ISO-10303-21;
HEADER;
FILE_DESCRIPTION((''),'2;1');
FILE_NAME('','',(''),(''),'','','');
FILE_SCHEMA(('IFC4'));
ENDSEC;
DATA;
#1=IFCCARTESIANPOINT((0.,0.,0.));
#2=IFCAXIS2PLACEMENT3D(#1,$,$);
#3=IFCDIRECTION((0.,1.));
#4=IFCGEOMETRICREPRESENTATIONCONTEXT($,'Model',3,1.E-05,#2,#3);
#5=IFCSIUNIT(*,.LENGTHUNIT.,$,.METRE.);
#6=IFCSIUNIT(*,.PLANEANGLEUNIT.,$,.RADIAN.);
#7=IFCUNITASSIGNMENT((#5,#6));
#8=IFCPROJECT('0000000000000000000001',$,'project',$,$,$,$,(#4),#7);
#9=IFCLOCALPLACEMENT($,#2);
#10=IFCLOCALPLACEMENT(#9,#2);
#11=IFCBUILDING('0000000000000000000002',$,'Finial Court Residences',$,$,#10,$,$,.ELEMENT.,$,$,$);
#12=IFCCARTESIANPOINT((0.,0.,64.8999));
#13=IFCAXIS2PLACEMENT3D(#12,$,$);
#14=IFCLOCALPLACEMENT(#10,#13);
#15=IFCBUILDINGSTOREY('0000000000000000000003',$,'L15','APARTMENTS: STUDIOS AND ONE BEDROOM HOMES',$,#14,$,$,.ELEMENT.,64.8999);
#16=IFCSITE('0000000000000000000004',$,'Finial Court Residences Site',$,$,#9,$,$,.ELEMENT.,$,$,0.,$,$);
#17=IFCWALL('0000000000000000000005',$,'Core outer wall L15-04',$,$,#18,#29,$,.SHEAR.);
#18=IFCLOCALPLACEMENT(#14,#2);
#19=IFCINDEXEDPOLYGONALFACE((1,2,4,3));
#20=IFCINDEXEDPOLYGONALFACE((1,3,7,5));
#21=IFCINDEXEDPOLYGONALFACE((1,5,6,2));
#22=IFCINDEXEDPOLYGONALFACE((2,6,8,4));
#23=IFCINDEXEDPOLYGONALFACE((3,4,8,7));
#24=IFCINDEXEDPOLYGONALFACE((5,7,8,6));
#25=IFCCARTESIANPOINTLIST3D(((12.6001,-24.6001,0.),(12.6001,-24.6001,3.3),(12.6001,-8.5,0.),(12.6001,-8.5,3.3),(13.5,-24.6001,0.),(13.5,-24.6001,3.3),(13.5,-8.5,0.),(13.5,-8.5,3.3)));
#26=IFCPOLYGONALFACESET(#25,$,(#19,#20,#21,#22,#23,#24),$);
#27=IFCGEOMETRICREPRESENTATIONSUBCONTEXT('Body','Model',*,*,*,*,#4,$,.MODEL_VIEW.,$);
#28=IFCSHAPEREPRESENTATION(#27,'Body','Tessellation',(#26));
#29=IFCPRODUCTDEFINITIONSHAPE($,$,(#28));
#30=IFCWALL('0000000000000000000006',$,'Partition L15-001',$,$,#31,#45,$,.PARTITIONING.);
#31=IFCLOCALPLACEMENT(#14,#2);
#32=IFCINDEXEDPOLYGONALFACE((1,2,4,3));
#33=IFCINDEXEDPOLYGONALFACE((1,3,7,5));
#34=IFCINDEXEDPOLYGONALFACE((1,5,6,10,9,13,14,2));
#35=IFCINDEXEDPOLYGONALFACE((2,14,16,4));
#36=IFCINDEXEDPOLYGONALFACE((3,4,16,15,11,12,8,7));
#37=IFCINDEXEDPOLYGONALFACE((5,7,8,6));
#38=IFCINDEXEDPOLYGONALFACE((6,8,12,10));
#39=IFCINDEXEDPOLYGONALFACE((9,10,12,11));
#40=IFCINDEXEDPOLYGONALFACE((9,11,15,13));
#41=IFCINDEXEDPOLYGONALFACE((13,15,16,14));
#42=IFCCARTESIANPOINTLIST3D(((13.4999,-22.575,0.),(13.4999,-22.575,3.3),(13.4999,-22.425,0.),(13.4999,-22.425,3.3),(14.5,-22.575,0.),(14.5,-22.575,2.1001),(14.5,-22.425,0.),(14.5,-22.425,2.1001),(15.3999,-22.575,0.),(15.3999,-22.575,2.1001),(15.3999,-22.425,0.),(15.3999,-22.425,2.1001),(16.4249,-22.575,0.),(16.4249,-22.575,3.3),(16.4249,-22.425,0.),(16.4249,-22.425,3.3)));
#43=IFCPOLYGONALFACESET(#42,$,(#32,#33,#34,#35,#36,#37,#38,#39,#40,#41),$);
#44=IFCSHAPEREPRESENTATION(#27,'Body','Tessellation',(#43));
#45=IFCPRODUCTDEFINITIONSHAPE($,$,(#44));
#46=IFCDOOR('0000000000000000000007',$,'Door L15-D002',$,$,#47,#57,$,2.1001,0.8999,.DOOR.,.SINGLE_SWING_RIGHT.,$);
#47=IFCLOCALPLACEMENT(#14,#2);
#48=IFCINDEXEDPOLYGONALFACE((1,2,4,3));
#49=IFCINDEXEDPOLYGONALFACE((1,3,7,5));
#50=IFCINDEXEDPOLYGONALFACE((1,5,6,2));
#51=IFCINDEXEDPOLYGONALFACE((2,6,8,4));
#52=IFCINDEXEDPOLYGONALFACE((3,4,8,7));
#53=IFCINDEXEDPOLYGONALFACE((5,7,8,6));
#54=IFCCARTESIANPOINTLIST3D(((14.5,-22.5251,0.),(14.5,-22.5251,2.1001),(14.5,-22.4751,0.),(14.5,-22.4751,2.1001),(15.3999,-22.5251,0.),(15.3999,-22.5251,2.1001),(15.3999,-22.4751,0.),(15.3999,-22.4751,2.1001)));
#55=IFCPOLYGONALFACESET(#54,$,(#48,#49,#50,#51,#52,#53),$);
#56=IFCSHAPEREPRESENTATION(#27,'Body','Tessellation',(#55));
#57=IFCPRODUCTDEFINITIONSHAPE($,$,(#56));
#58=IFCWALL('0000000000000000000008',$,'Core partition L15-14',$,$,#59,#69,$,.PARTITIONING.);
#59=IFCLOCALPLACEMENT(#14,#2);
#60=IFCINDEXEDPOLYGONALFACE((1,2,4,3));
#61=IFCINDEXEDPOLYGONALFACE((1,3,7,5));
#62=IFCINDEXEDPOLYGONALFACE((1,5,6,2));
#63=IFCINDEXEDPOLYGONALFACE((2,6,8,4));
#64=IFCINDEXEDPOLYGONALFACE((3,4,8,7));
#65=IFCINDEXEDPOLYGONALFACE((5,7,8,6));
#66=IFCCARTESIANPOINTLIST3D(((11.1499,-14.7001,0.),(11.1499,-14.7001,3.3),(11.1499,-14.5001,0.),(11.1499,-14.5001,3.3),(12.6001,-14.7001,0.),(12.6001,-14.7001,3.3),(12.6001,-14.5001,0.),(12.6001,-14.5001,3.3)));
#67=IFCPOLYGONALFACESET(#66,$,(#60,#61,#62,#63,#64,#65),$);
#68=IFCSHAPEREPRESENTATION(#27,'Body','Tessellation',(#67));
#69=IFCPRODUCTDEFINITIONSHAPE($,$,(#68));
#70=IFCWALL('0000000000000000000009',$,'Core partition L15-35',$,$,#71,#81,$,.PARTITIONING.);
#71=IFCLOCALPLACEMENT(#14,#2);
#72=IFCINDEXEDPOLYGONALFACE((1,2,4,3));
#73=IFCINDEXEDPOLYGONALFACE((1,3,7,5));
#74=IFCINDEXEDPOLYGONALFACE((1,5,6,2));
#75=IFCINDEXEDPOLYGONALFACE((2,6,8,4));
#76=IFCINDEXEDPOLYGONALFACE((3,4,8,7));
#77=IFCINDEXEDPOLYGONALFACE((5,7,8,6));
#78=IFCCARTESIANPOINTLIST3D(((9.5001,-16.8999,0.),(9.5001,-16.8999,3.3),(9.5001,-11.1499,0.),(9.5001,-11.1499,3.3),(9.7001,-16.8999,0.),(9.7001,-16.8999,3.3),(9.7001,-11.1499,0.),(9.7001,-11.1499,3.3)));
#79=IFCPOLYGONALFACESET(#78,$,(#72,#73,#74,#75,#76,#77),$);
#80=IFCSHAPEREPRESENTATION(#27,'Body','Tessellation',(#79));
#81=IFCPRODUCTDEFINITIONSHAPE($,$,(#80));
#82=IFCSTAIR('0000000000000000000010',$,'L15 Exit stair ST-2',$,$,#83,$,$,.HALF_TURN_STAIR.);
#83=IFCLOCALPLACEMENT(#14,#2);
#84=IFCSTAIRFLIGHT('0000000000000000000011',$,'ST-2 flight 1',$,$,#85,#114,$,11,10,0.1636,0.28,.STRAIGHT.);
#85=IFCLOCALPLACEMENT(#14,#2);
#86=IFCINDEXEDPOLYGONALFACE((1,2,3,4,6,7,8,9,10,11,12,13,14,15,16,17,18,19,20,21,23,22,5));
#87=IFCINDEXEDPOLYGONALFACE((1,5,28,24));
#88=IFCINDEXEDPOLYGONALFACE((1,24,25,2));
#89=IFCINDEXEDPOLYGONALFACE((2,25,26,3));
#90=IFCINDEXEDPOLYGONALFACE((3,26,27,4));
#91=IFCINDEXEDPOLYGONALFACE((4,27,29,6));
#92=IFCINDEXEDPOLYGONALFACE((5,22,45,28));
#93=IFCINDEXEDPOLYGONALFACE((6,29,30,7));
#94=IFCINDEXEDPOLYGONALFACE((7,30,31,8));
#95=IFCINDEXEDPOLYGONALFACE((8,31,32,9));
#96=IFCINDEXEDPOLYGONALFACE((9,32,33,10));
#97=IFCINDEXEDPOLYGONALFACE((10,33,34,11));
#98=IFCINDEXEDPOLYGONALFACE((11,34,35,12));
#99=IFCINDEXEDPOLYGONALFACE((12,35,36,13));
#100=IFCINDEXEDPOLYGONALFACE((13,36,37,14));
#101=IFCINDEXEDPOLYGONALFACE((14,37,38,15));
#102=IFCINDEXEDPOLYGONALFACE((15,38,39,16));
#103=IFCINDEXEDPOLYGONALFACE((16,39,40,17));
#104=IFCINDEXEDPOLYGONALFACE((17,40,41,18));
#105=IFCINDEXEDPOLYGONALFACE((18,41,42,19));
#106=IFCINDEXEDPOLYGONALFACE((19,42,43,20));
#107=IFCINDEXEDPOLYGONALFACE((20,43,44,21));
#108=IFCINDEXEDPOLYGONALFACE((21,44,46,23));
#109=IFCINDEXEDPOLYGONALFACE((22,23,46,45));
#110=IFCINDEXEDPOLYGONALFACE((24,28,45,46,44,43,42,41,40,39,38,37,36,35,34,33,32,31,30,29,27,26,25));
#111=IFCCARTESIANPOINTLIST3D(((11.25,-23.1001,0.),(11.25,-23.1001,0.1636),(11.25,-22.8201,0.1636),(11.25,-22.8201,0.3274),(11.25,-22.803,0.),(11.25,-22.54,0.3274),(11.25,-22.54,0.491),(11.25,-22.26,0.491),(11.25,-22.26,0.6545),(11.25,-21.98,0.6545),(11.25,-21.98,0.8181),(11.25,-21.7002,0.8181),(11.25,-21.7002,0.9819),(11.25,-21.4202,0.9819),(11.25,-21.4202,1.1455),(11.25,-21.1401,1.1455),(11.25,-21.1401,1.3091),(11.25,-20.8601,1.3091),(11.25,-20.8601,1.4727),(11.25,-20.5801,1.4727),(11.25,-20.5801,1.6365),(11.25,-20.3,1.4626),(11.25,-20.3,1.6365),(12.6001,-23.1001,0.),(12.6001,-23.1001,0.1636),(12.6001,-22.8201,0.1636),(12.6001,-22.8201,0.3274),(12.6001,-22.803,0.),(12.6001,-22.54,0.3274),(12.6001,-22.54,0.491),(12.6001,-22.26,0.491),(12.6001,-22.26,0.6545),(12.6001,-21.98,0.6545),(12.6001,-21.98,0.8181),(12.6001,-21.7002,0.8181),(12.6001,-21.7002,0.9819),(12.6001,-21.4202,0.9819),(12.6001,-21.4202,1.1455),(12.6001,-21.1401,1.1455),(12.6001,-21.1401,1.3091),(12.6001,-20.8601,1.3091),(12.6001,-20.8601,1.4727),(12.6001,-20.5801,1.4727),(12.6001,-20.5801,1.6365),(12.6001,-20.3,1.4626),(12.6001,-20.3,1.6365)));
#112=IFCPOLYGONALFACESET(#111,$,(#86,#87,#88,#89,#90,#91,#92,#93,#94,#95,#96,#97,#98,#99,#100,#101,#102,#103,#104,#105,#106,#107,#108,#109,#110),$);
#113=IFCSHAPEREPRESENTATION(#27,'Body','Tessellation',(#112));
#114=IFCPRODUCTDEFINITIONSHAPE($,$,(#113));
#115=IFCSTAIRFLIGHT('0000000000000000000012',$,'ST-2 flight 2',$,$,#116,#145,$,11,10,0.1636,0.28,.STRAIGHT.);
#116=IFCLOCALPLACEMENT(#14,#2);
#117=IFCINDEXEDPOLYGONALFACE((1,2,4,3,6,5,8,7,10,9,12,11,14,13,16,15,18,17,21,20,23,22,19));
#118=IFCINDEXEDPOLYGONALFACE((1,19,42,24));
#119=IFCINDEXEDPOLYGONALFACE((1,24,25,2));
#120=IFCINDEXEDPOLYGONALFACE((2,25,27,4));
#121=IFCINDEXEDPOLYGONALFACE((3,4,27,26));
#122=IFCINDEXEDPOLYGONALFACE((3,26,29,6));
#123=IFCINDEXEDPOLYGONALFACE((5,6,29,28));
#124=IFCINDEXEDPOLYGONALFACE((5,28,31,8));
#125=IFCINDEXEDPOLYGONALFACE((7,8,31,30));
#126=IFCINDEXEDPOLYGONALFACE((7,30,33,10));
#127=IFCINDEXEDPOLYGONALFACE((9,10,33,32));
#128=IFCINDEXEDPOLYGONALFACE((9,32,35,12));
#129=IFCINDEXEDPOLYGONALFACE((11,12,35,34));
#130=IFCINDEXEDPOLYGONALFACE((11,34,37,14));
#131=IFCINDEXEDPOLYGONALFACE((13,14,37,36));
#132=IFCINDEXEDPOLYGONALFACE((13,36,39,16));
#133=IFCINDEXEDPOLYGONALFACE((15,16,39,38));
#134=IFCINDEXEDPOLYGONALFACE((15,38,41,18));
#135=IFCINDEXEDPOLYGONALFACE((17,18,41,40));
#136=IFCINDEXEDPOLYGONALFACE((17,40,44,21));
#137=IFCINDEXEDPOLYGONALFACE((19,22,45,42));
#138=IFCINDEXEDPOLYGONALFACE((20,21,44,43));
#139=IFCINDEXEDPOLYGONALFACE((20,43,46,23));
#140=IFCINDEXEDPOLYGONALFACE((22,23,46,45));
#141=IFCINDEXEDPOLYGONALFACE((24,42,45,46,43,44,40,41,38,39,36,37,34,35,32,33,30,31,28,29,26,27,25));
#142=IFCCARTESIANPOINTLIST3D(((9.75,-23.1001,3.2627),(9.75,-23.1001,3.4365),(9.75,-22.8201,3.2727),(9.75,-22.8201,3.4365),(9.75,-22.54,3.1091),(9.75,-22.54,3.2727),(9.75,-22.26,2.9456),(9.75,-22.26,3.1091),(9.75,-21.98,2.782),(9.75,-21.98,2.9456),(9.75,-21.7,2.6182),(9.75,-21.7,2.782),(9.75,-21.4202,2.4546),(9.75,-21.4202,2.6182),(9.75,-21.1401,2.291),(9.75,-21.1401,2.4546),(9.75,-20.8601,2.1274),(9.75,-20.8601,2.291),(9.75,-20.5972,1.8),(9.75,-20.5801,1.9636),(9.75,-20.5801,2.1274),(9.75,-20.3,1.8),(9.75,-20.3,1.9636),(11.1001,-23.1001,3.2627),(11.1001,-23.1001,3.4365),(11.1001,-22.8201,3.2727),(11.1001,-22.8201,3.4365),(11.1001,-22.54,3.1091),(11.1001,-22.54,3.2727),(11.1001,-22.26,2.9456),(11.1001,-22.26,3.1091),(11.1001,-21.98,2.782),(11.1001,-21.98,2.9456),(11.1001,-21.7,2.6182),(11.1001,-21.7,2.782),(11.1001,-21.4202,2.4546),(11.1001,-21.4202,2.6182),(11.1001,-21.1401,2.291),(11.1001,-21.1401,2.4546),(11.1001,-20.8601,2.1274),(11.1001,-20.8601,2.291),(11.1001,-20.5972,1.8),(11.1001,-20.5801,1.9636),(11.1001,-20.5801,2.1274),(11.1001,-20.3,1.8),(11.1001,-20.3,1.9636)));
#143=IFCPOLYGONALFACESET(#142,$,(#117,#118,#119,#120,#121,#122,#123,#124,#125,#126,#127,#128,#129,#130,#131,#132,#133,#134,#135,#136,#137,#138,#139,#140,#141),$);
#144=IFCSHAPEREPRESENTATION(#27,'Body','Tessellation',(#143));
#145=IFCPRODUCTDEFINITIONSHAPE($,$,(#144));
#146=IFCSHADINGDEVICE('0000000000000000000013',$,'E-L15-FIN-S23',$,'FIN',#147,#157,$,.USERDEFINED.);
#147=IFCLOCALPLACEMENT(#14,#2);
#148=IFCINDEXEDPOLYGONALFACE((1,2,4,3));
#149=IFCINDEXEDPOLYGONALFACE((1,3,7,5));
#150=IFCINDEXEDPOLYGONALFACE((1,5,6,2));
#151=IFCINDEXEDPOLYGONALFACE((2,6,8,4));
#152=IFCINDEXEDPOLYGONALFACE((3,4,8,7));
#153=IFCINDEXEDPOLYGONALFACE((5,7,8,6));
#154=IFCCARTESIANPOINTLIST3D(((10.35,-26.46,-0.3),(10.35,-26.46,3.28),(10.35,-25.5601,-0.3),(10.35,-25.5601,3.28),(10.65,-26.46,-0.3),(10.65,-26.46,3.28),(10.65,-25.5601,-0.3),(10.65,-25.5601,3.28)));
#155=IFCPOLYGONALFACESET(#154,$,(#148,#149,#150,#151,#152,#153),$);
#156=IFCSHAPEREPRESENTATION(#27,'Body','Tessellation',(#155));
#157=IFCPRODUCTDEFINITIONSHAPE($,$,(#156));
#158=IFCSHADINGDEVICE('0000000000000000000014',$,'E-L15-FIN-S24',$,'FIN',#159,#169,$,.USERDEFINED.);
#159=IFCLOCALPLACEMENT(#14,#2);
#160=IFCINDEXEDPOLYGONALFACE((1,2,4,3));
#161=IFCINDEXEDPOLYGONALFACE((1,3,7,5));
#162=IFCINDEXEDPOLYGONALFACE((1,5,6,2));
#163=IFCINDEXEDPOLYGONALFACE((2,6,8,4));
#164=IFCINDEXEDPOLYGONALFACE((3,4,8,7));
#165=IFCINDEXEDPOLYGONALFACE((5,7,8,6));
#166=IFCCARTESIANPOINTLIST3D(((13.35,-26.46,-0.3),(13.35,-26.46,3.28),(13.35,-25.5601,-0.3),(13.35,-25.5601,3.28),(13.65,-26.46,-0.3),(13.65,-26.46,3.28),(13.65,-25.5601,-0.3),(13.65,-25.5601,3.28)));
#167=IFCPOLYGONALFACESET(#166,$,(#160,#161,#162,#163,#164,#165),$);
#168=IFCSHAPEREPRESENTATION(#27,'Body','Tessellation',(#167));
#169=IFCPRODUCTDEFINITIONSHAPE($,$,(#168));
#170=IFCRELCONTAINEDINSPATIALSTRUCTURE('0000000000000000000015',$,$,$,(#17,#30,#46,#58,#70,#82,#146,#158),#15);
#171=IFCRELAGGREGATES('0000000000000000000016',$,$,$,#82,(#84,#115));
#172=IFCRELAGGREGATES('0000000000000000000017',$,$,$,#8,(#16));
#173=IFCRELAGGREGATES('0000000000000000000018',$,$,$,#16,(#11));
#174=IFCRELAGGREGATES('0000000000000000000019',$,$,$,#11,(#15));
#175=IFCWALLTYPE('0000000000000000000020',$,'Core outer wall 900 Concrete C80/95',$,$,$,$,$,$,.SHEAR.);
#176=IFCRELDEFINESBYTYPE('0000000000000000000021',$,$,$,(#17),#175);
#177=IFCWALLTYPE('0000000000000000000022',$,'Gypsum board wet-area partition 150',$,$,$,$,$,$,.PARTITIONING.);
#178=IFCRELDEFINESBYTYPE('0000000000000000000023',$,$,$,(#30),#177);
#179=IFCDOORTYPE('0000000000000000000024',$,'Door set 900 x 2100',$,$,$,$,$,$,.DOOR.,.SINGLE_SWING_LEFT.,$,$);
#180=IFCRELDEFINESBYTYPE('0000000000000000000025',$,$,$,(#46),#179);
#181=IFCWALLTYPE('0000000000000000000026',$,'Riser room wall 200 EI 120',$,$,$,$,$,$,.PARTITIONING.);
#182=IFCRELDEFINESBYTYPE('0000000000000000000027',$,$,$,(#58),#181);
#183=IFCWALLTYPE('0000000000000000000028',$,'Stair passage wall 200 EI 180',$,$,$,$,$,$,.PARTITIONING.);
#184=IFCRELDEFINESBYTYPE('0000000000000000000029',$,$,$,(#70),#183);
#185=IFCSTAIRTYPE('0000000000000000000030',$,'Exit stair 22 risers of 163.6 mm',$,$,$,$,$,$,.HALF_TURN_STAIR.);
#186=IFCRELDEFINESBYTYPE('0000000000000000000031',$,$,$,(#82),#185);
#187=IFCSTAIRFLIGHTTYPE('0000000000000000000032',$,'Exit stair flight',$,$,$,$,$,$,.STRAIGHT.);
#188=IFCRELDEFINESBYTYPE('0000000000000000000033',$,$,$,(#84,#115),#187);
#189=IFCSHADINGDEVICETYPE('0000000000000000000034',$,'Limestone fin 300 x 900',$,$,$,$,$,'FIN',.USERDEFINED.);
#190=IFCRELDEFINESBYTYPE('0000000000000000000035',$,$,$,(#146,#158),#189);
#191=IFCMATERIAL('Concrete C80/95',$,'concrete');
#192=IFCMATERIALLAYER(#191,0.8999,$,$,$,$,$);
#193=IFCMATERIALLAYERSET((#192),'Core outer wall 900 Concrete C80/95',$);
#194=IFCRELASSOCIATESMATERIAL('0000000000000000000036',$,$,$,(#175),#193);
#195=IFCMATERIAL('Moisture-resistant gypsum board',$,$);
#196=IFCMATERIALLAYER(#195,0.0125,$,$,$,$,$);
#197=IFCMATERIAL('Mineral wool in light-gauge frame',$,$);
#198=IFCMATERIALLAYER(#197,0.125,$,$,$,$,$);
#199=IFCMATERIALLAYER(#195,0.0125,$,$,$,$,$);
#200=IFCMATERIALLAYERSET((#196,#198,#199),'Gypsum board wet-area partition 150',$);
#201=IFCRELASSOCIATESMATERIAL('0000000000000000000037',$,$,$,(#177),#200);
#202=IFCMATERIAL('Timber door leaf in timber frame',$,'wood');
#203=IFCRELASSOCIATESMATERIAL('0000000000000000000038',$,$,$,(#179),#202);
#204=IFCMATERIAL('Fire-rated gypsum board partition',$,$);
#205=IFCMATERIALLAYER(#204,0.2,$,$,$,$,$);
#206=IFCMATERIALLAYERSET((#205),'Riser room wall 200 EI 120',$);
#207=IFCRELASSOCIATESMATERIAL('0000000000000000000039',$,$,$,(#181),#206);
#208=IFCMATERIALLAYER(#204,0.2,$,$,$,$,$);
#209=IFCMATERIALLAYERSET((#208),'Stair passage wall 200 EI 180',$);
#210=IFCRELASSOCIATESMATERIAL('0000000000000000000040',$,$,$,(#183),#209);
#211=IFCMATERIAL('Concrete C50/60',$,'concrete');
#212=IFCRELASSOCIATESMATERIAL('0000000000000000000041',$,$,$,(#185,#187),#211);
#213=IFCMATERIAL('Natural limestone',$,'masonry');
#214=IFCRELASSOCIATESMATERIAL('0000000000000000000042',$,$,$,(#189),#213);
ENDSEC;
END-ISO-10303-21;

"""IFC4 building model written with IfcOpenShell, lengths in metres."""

from ifc_helpers import new_model, si_unit, direction, frame, frame_2d, origin, origin_2d, place, context, subcontext, project, spatial, polyline, rectangle, outline, extrude, material, layer, layer_set, type_object, element, fill, aggregate, save


model = new_model("IFC4")

# Units and contexts
model_context = context("Model", 3, precision=1e-05, world=origin(), true_north=direction((0.0, 1.0)))
body_context = subcontext(model_context, "Body", "Model", "MODEL_VIEW")
ifc_project = project(units=[si_unit("LENGTHUNIT", "METRE"), si_unit("PLANEANGLEUNIT", "RADIAN")], contexts=[model_context])

# Site, building, storey
site_placement = place(None, origin())
site = spatial("IfcSite", under=ifc_project, at=site_placement, Name="Finial Court Residences Site", CompositionType="ELEMENT", RefElevation=0.0)
building_placement = place(site_placement, origin())
building = spatial("IfcBuilding", under=site, at=building_placement, Name="Finial Court Residences", CompositionType="ELEMENT")
storey_placement = place(building_placement, frame((0.0, 0.0, 64.8999)))
storey = spatial("IfcBuildingStorey", under=building, at=storey_placement, Name="L15", Description="APARTMENTS: STUDIOS AND ONE BEDROOM HOMES", CompositionType="ELEMENT", Elevation=64.8999)

# Wall
ifc_material_1 = material(Name="Concrete C80/95", Category="concrete")
ifc_layer_1 = layer(ifc_material_1, 0.8999)
ifc_layer_set_1 = layer_set([ifc_layer_1], Name="Core outer wall 900 Concrete C80/95")
wall_type_1 = type_object("IfcWallType", Name="Core outer wall 900 Concrete C80/95", PredefinedType="SHEAR", material=ifc_layer_set_1)
wall_1_placement = place(storey_placement, frame((13.05, -24.6001, 0.0), z_axis=(0.0, 0.0, 1.0), x_axis=(0.0, 1.0, 0.0)))
element("IfcWall", 1, at=wall_1_placement, inside=storey, type_object=wall_type_1, Name="Core outer wall L15-04", PredefinedType="SHEAR", context=body_context, shape_type="SweptSolid", body=[
    extrude(rectangle(XDim=16.1001, YDim=0.8999, at=frame_2d((8.05, 0.0))), origin(), (0.0, 0.0, 1.0), 3.3),
])

# Wall, opening, door
ifc_material_2 = material(Name="Moisture-resistant gypsum board")
ifc_layer_2 = layer(ifc_material_2, 0.0125)
ifc_material_3 = material(Name="Mineral wool in light-gauge frame")
ifc_layer_3 = layer(ifc_material_3, 0.125)
ifc_layer_4 = layer(ifc_material_2, 0.0125)
ifc_layer_set_2 = layer_set([ifc_layer_2, ifc_layer_3, ifc_layer_4], Name="Gypsum board wet-area partition 150")
wall_type_2 = type_object("IfcWallType", Name="Gypsum board wet-area partition 150", PredefinedType="PARTITIONING", material=ifc_layer_set_2)
wall_2_placement = place(storey_placement, frame((13.5, -22.5, 0.0), z_axis=(0.0, 0.0, 1.0), x_axis=(1.0, 0.0, 0.0)))
wall_2 = element("IfcWall", 2, at=wall_2_placement, inside=storey, type_object=wall_type_2, Name="Partition L15-001", PredefinedType="PARTITIONING", context=body_context, shape_type="SweptSolid", body=[
    extrude(rectangle(XDim=2.925, YDim=0.1499, at=frame_2d((1.4624, 0.0))), origin(), (0.0, 0.0, 1.0), 3.3),
])
opening_placement = place(wall_2_placement, frame((1.0, 0.0, 0.0)))
opening = element("IfcOpeningElement", 3, at=opening_placement, cuts=wall_2, PredefinedType="OPENING", context=body_context, shape_type="SweptSolid", body=[
    extrude(rectangle(XDim=0.8999, YDim=2.1001, at=frame_2d((0.45, 1.05))), frame((0.0, 0.085, 0.0), z_axis=(0.0, -1.0, 0.0), x_axis=(1.0, 0.0, 0.0)), (0.0, 0.0, 1.0), 0.1699),
])
ifc_material_4 = material(Name="Timber door leaf in timber frame", Category="wood")
door_type = type_object("IfcDoorType", Name="Door set 900 x 2100", OperationType="SINGLE_SWING_LEFT", PredefinedType="DOOR", material=ifc_material_4)
door_placement = place(opening_placement, origin())
door = element("IfcDoor", 4, at=door_placement, inside=storey, type_object=door_type, Name="Door L15-D002", OperationType="SINGLE_SWING_RIGHT", OverallHeight=2.1001, OverallWidth=0.8999, PredefinedType="DOOR", context=body_context, shape_type="SweptSolid", body=[
    extrude(rectangle(XDim=0.8999, YDim=2.1001, at=frame_2d((0.45, 1.05))), frame((0.0, 0.0249, 0.0), z_axis=(0.0, -1.0, 0.0), x_axis=(1.0, 0.0, 0.0)), (0.0, 0.0, 1.0), 0.05),
])
fill(opening, door)

# Walls
ifc_material_5 = material(Name="Fire-rated gypsum board partition")
ifc_layer_5 = layer(ifc_material_5, 0.2)
ifc_layer_set_3 = layer_set([ifc_layer_5], Name="Riser room wall 200 EI 120")
wall_type_3 = type_object("IfcWallType", Name="Riser room wall 200 EI 120", PredefinedType="PARTITIONING", material=ifc_layer_set_3)
wall_3_placement = place(storey_placement, frame((11.1499, -14.6001, 0.0), z_axis=(0.0, 0.0, 1.0), x_axis=(1.0, 0.0, 0.0)))
element("IfcWall", 5, at=wall_3_placement, inside=storey, type_object=wall_type_3, Name="Core partition L15-14", PredefinedType="PARTITIONING", context=body_context, shape_type="SweptSolid", body=[
    extrude(rectangle(XDim=1.4502, YDim=0.2, at=frame_2d((0.7251, 0.0))), origin(), (0.0, 0.0, 1.0), 3.3),
])
ifc_layer_6 = layer(ifc_material_5, 0.2)
ifc_layer_set_4 = layer_set([ifc_layer_6], Name="Stair passage wall 200 EI 180")
wall_type_4 = type_object("IfcWallType", Name="Stair passage wall 200 EI 180", PredefinedType="PARTITIONING", material=ifc_layer_set_4)
wall_4_placement = place(storey_placement, frame((9.6001, -16.8999, 0.0), z_axis=(0.0, 0.0, 1.0), x_axis=(0.0, 1.0, 0.0)))
element("IfcWall", 6, at=wall_4_placement, inside=storey, type_object=wall_type_4, Name="Core partition L15-35", PredefinedType="PARTITIONING", context=body_context, shape_type="SweptSolid", body=[
    extrude(rectangle(XDim=5.75, YDim=0.2, at=frame_2d((2.875, 0.0))), origin(), (0.0, 0.0, 1.0), 3.3),
])

# Stair, stair flights
ifc_material_6 = material(Name="Concrete C50/60", Category="concrete")
stair_type = type_object("IfcStairType", Name="Exit stair 22 risers of 163.6 mm", PredefinedType="HALF_TURN_STAIR", material=ifc_material_6)
stair_placement = place(storey_placement, origin())
stair = element("IfcStair", 7, at=stair_placement, inside=storey, type_object=stair_type, Name="L15 Exit stair ST-2", PredefinedType="HALF_TURN_STAIR")
stair_flight_type = type_object("IfcStairFlightType", Name="Exit stair flight", PredefinedType="STRAIGHT", material=ifc_material_6)
stair_flight_1_placement = place(storey_placement, frame((11.925, -23.1001, 0.0), z_axis=(0.0, 0.0, 1.0), x_axis=(0.0, 1.0, 0.0)))
stair_flight_1 = element("IfcStairFlight", 8, at=stair_flight_1_placement, type_object=stair_flight_type, Name="ST-2 flight 1", NumberOfRisers=11, NumberOfTreads=10, PredefinedType="STRAIGHT", RiserHeight=0.1636, TreadLength=0.28, context=body_context, shape_type="SweptSolid", body=[
    extrude(outline(polyline([(0.0, 0.0), (0.0, 0.1636), (0.28, 0.1636), (0.28, 0.3274), (0.5601, 0.3274), (0.5601, 0.491), (0.8401, 0.491), (0.8401, 0.6545), (1.1201, 0.6545), (1.1201, 0.8181), (1.3999, 0.8181), (1.3999, 0.9819), (1.6799, 0.9819), (1.6799, 1.1455), (1.96, 1.1455), (1.96, 1.3091), (2.24, 1.3091), (2.24, 1.4727), (2.52, 1.4727), (2.52, 1.6365), (2.8, 1.6365), (2.8, 1.8), (2.8, 1.4626), (0.2971, 0.0), (0.0, 0.0)])), frame((0.0, 0.675, 0.0), z_axis=(0.0, -1.0, 0.0), x_axis=(1.0, 0.0, 0.0)), (0.0, 0.0, 1.0), 1.3501),
])
stair_flight_2_placement = place(storey_placement, frame((10.425, -20.3, 1.8), z_axis=(0.0, 0.0, 1.0), x_axis=(0.0, -1.0, 0.0)))
stair_flight_2 = element("IfcStairFlight", 9, at=stair_flight_2_placement, type_object=stair_flight_type, Name="ST-2 flight 2", NumberOfRisers=11, NumberOfTreads=10, PredefinedType="STRAIGHT", RiserHeight=0.1636, TreadLength=0.28, context=body_context, shape_type="SweptSolid", body=[
    extrude(outline(polyline([(0.0, 0.0), (0.0, 0.1636), (0.28, 0.1636), (0.28, 0.3274), (0.5601, 0.3274), (0.5601, 0.491), (0.8401, 0.491), (0.8401, 0.6545), (1.1201, 0.6545), (1.1201, 0.8181), (1.3999, 0.8181), (1.3999, 0.9819), (1.6799, 0.9819), (1.6799, 1.1455), (1.96, 1.1455), (1.96, 1.3091), (2.24, 1.3091), (2.24, 1.4727), (2.52, 1.4727), (2.52, 1.6365), (2.8, 1.6365), (2.8, 1.8), (2.8, 1.4626), (0.2971, 0.0), (0.0, 0.0)])), frame((0.0, 0.675, 0.0), z_axis=(0.0, -1.0, 0.0), x_axis=(1.0, 0.0, 0.0)), (0.0, 0.0, 1.0), 1.3501),
])
aggregate(stair, [stair_flight_1, stair_flight_2])

# Shading devices
ifc_material_7 = material(Name="Natural limestone", Category="masonry")
shading_device_type = type_object("IfcShadingDeviceType", Name="Limestone fin 300 x 900", ElementType="FIN", PredefinedType="USERDEFINED", material=ifc_material_7)
for number, where, z_axis, x_axis, name in (
    (10, (10.5, -26.01, -0.3), (0.0, 0.0, 1.0), (1.0, 0.0, 0.0), "E-L15-FIN-S23"),
    (11, (13.5, -26.01, -0.3), (0.0, 0.0, 1.0), (1.0, 0.0, 0.0), "E-L15-FIN-S24"),
):
    element("IfcShadingDevice", number, at=place(storey_placement, frame(where, z_axis=z_axis, x_axis=x_axis)), inside=storey, type_object=shading_device_type, Name=name, ObjectType="FIN", PredefinedType="USERDEFINED", context=body_context, shape_type="SweptSolid", body=[
        extrude(rectangle(XDim=0.3, YDim=0.8999, at=origin_2d()), origin(), (0.0, 0.0, 1.0), 3.5801),
    ])

save(model, "model.ifc")
